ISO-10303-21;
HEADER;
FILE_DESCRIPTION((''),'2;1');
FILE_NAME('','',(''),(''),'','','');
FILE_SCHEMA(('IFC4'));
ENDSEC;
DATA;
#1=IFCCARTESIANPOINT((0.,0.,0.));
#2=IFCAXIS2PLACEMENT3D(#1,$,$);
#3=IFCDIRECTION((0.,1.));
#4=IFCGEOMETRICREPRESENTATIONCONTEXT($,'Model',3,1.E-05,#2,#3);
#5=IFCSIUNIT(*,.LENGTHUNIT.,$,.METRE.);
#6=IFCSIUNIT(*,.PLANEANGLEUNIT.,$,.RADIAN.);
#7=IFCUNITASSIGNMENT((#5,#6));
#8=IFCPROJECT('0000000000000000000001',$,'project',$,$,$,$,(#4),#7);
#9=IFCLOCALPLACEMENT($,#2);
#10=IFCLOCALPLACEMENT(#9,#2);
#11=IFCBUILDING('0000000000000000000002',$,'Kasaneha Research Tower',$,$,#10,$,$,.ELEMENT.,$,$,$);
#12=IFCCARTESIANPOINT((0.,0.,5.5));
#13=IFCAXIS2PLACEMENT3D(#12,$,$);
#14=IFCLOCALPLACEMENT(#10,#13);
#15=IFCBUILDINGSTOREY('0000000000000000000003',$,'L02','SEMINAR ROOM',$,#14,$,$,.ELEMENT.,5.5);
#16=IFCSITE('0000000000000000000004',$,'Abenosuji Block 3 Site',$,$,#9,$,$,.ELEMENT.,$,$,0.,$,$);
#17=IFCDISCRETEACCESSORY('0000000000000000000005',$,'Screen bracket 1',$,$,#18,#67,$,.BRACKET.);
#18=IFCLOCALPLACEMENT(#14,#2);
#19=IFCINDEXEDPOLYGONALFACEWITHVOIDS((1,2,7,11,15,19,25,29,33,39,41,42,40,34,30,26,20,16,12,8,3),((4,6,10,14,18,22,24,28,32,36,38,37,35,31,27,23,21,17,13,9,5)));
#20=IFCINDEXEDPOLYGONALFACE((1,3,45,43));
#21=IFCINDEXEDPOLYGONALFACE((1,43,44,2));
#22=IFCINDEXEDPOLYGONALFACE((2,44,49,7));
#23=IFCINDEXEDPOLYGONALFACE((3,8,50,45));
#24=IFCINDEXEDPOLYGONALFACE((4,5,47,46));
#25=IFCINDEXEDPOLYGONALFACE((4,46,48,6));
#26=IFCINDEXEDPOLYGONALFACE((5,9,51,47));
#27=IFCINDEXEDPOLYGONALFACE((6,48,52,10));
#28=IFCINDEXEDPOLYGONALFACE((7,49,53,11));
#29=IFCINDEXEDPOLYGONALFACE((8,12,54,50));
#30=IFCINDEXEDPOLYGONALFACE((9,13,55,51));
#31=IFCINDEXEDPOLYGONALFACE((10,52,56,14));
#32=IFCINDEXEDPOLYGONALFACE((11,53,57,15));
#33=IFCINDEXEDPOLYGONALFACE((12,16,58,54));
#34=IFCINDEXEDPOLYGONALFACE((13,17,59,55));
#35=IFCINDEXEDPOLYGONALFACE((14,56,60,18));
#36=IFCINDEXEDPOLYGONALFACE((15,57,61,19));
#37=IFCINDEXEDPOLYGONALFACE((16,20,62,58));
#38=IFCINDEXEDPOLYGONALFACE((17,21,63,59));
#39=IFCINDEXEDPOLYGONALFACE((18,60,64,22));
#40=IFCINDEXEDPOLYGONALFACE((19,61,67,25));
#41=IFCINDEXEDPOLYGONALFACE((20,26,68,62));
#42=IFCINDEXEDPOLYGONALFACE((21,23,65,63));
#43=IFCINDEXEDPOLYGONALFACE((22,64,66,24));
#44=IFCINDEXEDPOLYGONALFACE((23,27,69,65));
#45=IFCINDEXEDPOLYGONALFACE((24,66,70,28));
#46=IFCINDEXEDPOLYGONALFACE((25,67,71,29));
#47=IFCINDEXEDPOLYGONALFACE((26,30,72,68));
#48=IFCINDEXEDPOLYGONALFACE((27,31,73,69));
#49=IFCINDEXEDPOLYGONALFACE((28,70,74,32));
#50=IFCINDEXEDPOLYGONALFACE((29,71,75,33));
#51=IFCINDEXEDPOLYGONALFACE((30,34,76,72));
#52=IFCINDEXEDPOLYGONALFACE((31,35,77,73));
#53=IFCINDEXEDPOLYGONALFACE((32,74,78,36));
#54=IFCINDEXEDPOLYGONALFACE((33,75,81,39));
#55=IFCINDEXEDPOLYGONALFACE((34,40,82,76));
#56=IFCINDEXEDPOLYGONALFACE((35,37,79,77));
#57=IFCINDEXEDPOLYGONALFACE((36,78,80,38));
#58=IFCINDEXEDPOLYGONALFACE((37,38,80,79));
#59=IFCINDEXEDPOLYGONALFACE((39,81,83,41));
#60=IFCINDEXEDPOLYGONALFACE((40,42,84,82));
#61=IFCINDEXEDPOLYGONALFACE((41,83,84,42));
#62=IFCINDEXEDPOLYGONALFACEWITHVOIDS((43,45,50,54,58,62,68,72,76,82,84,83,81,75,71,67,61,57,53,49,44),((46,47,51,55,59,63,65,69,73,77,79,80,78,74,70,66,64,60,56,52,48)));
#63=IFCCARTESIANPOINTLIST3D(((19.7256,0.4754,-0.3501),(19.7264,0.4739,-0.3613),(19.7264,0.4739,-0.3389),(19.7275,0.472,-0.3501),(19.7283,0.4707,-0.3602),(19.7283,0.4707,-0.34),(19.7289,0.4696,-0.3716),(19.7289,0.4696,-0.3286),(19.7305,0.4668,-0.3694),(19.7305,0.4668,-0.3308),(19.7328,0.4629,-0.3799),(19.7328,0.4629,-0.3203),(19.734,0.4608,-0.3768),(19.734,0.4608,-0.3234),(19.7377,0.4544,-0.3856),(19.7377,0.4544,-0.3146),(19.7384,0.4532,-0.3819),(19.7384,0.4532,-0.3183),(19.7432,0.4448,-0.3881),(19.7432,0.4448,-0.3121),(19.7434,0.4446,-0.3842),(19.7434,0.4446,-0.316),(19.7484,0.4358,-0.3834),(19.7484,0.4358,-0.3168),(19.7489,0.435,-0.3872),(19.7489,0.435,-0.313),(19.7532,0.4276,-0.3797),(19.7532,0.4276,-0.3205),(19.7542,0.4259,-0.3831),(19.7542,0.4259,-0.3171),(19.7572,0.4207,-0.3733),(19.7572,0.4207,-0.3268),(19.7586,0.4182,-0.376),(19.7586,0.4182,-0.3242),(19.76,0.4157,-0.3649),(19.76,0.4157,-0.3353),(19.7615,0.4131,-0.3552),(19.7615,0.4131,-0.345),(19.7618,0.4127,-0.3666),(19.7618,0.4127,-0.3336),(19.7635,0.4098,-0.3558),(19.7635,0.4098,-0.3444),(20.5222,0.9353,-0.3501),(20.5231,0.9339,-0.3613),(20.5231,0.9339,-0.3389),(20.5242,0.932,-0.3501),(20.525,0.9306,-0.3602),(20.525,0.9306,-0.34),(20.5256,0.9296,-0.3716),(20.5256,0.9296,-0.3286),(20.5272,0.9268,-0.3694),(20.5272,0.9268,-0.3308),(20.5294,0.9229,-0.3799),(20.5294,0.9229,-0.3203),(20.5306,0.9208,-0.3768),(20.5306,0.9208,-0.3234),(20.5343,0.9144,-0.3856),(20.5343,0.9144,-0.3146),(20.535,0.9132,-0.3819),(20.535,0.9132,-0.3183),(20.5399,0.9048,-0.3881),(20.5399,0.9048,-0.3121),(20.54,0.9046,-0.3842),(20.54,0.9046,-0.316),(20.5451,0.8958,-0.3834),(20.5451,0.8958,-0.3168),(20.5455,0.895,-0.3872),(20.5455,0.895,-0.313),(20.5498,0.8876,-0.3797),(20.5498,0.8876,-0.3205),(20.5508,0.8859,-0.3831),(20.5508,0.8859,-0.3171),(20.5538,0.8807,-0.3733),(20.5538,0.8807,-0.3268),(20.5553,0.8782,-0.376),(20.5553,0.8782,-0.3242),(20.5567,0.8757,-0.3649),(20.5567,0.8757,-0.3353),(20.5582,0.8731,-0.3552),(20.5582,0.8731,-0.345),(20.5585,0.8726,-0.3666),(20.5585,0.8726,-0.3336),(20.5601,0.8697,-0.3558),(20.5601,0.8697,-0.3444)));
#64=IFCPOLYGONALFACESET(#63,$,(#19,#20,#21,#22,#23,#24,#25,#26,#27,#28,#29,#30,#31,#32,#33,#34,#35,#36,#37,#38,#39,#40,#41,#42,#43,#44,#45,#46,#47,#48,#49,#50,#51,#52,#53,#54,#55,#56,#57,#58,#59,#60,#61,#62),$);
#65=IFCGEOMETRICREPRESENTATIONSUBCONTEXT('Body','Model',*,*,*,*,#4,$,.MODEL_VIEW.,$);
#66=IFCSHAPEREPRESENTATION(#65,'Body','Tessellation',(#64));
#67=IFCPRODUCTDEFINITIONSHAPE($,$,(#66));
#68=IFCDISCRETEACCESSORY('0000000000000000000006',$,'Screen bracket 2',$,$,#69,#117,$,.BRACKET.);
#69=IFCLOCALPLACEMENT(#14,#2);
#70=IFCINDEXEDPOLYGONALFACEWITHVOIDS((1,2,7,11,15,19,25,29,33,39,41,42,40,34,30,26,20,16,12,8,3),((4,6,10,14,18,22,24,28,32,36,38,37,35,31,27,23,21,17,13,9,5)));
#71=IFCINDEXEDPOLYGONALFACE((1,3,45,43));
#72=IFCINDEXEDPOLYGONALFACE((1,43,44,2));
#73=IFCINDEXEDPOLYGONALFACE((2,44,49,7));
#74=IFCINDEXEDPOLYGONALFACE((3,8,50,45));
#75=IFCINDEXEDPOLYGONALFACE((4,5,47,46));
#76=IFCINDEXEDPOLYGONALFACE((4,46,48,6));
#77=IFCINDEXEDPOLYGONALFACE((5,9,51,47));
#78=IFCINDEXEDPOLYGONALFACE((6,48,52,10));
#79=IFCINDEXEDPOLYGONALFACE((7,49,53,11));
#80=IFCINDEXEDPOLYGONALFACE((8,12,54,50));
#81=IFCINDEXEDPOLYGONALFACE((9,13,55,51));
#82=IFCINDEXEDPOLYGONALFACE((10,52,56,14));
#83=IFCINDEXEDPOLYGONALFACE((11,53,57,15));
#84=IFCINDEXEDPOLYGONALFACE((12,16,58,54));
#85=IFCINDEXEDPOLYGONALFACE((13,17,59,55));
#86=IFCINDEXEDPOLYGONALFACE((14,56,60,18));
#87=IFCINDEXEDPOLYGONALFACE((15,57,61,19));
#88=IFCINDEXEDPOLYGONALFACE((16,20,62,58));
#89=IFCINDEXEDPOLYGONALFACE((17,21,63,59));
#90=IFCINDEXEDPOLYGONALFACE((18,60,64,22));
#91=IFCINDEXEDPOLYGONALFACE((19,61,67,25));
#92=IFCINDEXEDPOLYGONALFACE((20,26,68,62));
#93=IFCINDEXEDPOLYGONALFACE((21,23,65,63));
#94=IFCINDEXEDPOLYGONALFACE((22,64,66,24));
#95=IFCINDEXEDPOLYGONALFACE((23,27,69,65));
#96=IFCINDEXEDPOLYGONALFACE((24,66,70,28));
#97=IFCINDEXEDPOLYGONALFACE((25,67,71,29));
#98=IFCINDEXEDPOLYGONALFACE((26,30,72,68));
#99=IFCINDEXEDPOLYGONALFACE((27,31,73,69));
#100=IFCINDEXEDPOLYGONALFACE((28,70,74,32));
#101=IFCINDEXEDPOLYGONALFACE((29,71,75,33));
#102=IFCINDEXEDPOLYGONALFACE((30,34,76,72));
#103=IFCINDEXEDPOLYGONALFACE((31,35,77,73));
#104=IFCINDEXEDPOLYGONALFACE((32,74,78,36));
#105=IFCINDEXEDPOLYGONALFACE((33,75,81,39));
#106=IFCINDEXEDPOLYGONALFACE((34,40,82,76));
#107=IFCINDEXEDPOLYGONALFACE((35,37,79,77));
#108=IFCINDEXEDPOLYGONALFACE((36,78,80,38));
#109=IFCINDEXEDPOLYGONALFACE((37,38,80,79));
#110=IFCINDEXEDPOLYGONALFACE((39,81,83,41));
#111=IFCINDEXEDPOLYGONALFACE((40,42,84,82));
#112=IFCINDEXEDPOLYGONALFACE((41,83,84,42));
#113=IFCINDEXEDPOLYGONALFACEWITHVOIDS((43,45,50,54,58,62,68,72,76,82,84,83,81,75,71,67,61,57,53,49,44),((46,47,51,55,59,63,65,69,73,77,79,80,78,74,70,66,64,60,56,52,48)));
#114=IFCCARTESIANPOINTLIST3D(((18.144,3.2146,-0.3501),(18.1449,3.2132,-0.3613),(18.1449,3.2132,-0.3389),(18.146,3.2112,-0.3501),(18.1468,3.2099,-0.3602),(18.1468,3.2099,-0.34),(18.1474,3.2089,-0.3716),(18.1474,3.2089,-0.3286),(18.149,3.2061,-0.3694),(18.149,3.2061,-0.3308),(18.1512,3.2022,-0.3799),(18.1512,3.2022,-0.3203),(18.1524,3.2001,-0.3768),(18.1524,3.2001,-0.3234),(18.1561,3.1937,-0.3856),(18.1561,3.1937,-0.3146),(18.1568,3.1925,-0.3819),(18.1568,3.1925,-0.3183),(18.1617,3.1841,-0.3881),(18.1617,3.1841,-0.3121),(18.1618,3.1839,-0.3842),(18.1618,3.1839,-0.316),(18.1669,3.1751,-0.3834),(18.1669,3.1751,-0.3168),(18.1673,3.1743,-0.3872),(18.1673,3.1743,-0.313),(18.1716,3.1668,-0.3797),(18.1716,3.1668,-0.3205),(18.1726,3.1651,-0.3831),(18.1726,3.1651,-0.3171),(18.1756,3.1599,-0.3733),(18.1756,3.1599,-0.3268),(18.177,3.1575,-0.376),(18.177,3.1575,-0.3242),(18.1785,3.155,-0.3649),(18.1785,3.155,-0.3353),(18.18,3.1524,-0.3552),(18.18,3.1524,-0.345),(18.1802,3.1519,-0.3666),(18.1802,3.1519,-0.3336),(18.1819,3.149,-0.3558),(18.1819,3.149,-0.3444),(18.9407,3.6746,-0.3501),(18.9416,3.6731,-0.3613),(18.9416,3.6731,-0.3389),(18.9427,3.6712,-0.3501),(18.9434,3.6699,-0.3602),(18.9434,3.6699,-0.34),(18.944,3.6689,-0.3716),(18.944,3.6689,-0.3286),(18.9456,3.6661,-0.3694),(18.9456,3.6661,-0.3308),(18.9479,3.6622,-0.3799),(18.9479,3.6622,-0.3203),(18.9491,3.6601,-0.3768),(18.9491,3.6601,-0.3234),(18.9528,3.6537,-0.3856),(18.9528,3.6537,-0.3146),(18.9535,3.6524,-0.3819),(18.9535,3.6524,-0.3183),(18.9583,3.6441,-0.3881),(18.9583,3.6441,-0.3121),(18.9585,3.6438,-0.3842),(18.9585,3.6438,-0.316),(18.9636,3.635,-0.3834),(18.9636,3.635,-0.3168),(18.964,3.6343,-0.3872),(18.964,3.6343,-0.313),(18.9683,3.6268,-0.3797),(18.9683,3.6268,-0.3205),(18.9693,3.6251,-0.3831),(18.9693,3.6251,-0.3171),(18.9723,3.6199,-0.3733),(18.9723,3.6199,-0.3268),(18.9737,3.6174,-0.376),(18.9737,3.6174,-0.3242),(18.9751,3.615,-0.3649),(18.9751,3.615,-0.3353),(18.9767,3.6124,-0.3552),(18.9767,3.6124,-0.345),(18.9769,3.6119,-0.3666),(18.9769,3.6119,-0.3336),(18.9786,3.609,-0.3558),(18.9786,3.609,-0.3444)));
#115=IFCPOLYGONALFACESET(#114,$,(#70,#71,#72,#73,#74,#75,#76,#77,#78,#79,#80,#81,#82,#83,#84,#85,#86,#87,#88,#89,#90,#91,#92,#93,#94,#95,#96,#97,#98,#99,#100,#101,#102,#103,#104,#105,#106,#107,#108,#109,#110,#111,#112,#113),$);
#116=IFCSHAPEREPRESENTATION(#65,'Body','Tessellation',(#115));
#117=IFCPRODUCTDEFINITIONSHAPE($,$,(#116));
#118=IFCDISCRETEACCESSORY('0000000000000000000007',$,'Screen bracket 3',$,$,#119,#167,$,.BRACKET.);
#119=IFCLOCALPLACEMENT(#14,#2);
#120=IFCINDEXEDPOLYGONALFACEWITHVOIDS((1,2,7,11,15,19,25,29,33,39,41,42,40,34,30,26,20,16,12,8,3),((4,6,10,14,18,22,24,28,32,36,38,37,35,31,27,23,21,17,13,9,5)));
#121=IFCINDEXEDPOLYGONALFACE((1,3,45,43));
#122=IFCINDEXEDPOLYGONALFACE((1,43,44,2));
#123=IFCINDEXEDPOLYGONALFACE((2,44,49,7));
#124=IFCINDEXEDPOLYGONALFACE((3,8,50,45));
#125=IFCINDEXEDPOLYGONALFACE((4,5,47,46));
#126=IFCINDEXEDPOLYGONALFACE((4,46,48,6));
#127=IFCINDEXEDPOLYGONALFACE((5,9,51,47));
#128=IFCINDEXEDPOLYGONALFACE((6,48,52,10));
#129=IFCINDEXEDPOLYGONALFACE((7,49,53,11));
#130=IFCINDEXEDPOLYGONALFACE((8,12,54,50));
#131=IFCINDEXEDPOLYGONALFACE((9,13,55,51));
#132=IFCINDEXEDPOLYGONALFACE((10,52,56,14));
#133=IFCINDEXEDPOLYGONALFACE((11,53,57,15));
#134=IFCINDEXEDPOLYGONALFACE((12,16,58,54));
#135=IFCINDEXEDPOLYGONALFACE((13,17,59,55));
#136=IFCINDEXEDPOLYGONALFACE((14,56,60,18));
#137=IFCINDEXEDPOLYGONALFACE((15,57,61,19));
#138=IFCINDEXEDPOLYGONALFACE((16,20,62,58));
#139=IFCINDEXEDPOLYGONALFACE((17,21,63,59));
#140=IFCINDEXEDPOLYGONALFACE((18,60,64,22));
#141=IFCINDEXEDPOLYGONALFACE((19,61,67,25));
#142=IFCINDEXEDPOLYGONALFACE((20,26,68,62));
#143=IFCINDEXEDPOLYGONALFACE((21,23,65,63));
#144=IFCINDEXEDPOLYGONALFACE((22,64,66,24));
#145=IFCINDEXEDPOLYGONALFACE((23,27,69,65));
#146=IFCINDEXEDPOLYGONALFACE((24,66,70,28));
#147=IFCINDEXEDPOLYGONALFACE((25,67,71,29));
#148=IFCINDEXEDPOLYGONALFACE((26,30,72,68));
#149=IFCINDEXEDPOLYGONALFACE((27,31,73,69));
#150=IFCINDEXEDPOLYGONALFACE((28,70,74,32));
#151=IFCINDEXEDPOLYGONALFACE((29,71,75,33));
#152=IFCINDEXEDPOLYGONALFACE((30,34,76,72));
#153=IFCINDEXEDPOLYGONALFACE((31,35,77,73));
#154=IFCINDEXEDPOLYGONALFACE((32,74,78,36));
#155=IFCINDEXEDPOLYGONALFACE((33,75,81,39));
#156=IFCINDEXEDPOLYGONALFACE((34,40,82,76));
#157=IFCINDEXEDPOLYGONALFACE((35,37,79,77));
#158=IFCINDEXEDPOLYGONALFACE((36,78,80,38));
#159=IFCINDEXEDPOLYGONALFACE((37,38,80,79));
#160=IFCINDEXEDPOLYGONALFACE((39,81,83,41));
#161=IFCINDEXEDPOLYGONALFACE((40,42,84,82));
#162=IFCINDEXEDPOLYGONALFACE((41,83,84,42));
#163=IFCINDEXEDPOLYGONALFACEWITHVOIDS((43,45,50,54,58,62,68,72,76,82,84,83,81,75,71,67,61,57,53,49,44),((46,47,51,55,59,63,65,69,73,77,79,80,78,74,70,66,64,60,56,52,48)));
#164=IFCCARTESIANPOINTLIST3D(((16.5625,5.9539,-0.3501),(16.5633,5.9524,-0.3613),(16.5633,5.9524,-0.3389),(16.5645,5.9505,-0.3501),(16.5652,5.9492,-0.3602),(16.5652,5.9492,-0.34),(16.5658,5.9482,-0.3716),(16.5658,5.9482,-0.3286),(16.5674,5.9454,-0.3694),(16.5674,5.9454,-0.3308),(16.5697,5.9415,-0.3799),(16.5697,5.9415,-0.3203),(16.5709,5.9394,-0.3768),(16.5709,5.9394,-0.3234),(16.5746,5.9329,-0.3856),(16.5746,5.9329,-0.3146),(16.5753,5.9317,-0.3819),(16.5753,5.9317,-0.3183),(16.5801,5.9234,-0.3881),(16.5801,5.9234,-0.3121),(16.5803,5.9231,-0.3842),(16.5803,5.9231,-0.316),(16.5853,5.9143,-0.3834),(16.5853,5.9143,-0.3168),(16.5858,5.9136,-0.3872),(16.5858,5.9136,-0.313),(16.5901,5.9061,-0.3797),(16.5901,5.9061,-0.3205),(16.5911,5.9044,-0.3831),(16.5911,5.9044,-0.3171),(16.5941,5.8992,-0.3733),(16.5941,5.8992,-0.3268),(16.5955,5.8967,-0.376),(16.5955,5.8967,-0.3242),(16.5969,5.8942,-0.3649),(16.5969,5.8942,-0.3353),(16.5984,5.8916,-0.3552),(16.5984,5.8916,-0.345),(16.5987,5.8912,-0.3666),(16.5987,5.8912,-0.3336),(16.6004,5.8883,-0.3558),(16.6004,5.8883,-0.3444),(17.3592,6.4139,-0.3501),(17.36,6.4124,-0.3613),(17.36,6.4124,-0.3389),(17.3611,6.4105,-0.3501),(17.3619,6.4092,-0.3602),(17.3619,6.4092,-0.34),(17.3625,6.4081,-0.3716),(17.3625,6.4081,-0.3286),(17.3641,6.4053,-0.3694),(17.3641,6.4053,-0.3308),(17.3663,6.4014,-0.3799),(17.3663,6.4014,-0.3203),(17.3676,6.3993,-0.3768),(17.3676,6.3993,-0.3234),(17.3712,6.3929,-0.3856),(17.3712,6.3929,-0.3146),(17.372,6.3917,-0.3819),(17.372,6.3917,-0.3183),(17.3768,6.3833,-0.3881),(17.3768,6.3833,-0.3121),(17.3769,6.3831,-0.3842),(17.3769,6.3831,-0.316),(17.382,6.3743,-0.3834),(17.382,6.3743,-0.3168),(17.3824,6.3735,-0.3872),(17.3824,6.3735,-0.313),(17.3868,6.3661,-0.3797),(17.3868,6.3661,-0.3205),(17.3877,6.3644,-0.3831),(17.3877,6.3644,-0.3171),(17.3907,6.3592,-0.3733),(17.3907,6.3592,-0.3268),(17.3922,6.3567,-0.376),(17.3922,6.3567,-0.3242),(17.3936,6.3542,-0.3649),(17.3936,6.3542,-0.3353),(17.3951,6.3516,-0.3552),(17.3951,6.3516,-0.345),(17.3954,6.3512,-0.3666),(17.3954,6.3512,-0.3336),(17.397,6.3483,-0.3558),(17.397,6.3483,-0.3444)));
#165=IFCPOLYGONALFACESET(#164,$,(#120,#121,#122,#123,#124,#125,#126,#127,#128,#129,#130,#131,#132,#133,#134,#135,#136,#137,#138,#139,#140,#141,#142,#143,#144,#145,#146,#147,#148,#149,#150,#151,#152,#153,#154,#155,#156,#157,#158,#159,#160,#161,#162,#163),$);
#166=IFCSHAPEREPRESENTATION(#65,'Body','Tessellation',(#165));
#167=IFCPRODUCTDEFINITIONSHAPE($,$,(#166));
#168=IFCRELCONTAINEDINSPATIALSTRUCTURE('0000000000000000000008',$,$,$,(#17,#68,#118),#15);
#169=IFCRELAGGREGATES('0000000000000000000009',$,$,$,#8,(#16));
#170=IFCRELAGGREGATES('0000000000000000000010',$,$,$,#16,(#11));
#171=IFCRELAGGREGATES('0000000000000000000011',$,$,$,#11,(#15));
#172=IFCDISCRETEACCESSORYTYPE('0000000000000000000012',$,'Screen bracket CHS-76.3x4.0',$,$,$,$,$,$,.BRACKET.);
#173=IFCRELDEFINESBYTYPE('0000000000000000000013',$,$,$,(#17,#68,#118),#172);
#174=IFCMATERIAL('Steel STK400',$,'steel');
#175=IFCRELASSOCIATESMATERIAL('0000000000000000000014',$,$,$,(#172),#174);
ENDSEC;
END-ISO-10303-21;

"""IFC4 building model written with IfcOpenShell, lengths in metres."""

from ifc_helpers import new_model, si_unit, direction, frame, origin, origin_2d, place, context, subcontext, project, spatial, hollow_circle, extrude, material, material_profile, profile_set, type_object, element, save


model = new_model("IFC4")

# Units and contexts
model_context = context("Model", 3, precision=1e-05, world=origin(), true_north=direction((0.0, 1.0)))
body_context = subcontext(model_context, "Body", "Model", "MODEL_VIEW")
ifc_project = project(units=[si_unit("LENGTHUNIT", "METRE"), si_unit("PLANEANGLEUNIT", "RADIAN")], contexts=[model_context])

# Site, building, storey
site_placement = place(None, origin())
site = spatial("IfcSite", under=ifc_project, at=site_placement, Name="Abenosuji Block 3 Site", CompositionType="ELEMENT", RefElevation=0.0)
building_placement = place(site_placement, origin())
building = spatial("IfcBuilding", under=site, at=building_placement, Name="Kasaneha Research Tower", CompositionType="ELEMENT")
storey_placement = place(building_placement, frame((0.0, 0.0, 5.5)))
storey = spatial("IfcBuildingStorey", under=building, at=storey_placement, Name="L02", Description="SEMINAR ROOM", CompositionType="ELEMENT", Elevation=5.5)

# Discrete accessories
ifc_material_1 = material(Name="Steel STK400", Category="steel")
ifc_material_profile_1 = material_profile(ifc_material_1, hollow_circle(Radius=0.0381, WallThickness=0.0039, at=origin_2d()), Name="CHS-76.3x4.0")
ifc_profile_set_1 = profile_set([ifc_material_profile_1], Name="Steel STK400")
discrete_accessory_type = type_object("IfcDiscreteAccessoryType", Name="Screen bracket CHS-76.3x4.0", PredefinedType="BRACKET", material=ifc_profile_set_1)
for number, where, z_axis, x_axis, name in (
    (1, (19.7446, 0.4424, -0.3501), (0.866013, 0.500021, 0.0), (-0.500021, 0.866013, 0.0), "Screen bracket 1"),
    (2, (18.1631, 3.1816, -0.3501), (0.866013, 0.500021, 0.0), (-0.500021, 0.866013, 0.0), "Screen bracket 2"),
    (3, (16.5815, 5.9209, -0.3501), (0.866013, 0.500021, 0.0), (-0.500021, 0.866013, 0.0), "Screen bracket 3"),
):
    element("IfcDiscreteAccessory", number, at=place(storey_placement, frame(where, z_axis=z_axis, x_axis=x_axis)), inside=storey, type_object=discrete_accessory_type, Name=name, PredefinedType="BRACKET", context=body_context, shape_type="SweptSolid", body=[
        extrude(hollow_circle(Radius=0.0381, WallThickness=0.0039, at=origin_2d()), origin(), (0.0, 0.0, 1.0), 0.9199),
    ])

save(model, "model.ifc")
